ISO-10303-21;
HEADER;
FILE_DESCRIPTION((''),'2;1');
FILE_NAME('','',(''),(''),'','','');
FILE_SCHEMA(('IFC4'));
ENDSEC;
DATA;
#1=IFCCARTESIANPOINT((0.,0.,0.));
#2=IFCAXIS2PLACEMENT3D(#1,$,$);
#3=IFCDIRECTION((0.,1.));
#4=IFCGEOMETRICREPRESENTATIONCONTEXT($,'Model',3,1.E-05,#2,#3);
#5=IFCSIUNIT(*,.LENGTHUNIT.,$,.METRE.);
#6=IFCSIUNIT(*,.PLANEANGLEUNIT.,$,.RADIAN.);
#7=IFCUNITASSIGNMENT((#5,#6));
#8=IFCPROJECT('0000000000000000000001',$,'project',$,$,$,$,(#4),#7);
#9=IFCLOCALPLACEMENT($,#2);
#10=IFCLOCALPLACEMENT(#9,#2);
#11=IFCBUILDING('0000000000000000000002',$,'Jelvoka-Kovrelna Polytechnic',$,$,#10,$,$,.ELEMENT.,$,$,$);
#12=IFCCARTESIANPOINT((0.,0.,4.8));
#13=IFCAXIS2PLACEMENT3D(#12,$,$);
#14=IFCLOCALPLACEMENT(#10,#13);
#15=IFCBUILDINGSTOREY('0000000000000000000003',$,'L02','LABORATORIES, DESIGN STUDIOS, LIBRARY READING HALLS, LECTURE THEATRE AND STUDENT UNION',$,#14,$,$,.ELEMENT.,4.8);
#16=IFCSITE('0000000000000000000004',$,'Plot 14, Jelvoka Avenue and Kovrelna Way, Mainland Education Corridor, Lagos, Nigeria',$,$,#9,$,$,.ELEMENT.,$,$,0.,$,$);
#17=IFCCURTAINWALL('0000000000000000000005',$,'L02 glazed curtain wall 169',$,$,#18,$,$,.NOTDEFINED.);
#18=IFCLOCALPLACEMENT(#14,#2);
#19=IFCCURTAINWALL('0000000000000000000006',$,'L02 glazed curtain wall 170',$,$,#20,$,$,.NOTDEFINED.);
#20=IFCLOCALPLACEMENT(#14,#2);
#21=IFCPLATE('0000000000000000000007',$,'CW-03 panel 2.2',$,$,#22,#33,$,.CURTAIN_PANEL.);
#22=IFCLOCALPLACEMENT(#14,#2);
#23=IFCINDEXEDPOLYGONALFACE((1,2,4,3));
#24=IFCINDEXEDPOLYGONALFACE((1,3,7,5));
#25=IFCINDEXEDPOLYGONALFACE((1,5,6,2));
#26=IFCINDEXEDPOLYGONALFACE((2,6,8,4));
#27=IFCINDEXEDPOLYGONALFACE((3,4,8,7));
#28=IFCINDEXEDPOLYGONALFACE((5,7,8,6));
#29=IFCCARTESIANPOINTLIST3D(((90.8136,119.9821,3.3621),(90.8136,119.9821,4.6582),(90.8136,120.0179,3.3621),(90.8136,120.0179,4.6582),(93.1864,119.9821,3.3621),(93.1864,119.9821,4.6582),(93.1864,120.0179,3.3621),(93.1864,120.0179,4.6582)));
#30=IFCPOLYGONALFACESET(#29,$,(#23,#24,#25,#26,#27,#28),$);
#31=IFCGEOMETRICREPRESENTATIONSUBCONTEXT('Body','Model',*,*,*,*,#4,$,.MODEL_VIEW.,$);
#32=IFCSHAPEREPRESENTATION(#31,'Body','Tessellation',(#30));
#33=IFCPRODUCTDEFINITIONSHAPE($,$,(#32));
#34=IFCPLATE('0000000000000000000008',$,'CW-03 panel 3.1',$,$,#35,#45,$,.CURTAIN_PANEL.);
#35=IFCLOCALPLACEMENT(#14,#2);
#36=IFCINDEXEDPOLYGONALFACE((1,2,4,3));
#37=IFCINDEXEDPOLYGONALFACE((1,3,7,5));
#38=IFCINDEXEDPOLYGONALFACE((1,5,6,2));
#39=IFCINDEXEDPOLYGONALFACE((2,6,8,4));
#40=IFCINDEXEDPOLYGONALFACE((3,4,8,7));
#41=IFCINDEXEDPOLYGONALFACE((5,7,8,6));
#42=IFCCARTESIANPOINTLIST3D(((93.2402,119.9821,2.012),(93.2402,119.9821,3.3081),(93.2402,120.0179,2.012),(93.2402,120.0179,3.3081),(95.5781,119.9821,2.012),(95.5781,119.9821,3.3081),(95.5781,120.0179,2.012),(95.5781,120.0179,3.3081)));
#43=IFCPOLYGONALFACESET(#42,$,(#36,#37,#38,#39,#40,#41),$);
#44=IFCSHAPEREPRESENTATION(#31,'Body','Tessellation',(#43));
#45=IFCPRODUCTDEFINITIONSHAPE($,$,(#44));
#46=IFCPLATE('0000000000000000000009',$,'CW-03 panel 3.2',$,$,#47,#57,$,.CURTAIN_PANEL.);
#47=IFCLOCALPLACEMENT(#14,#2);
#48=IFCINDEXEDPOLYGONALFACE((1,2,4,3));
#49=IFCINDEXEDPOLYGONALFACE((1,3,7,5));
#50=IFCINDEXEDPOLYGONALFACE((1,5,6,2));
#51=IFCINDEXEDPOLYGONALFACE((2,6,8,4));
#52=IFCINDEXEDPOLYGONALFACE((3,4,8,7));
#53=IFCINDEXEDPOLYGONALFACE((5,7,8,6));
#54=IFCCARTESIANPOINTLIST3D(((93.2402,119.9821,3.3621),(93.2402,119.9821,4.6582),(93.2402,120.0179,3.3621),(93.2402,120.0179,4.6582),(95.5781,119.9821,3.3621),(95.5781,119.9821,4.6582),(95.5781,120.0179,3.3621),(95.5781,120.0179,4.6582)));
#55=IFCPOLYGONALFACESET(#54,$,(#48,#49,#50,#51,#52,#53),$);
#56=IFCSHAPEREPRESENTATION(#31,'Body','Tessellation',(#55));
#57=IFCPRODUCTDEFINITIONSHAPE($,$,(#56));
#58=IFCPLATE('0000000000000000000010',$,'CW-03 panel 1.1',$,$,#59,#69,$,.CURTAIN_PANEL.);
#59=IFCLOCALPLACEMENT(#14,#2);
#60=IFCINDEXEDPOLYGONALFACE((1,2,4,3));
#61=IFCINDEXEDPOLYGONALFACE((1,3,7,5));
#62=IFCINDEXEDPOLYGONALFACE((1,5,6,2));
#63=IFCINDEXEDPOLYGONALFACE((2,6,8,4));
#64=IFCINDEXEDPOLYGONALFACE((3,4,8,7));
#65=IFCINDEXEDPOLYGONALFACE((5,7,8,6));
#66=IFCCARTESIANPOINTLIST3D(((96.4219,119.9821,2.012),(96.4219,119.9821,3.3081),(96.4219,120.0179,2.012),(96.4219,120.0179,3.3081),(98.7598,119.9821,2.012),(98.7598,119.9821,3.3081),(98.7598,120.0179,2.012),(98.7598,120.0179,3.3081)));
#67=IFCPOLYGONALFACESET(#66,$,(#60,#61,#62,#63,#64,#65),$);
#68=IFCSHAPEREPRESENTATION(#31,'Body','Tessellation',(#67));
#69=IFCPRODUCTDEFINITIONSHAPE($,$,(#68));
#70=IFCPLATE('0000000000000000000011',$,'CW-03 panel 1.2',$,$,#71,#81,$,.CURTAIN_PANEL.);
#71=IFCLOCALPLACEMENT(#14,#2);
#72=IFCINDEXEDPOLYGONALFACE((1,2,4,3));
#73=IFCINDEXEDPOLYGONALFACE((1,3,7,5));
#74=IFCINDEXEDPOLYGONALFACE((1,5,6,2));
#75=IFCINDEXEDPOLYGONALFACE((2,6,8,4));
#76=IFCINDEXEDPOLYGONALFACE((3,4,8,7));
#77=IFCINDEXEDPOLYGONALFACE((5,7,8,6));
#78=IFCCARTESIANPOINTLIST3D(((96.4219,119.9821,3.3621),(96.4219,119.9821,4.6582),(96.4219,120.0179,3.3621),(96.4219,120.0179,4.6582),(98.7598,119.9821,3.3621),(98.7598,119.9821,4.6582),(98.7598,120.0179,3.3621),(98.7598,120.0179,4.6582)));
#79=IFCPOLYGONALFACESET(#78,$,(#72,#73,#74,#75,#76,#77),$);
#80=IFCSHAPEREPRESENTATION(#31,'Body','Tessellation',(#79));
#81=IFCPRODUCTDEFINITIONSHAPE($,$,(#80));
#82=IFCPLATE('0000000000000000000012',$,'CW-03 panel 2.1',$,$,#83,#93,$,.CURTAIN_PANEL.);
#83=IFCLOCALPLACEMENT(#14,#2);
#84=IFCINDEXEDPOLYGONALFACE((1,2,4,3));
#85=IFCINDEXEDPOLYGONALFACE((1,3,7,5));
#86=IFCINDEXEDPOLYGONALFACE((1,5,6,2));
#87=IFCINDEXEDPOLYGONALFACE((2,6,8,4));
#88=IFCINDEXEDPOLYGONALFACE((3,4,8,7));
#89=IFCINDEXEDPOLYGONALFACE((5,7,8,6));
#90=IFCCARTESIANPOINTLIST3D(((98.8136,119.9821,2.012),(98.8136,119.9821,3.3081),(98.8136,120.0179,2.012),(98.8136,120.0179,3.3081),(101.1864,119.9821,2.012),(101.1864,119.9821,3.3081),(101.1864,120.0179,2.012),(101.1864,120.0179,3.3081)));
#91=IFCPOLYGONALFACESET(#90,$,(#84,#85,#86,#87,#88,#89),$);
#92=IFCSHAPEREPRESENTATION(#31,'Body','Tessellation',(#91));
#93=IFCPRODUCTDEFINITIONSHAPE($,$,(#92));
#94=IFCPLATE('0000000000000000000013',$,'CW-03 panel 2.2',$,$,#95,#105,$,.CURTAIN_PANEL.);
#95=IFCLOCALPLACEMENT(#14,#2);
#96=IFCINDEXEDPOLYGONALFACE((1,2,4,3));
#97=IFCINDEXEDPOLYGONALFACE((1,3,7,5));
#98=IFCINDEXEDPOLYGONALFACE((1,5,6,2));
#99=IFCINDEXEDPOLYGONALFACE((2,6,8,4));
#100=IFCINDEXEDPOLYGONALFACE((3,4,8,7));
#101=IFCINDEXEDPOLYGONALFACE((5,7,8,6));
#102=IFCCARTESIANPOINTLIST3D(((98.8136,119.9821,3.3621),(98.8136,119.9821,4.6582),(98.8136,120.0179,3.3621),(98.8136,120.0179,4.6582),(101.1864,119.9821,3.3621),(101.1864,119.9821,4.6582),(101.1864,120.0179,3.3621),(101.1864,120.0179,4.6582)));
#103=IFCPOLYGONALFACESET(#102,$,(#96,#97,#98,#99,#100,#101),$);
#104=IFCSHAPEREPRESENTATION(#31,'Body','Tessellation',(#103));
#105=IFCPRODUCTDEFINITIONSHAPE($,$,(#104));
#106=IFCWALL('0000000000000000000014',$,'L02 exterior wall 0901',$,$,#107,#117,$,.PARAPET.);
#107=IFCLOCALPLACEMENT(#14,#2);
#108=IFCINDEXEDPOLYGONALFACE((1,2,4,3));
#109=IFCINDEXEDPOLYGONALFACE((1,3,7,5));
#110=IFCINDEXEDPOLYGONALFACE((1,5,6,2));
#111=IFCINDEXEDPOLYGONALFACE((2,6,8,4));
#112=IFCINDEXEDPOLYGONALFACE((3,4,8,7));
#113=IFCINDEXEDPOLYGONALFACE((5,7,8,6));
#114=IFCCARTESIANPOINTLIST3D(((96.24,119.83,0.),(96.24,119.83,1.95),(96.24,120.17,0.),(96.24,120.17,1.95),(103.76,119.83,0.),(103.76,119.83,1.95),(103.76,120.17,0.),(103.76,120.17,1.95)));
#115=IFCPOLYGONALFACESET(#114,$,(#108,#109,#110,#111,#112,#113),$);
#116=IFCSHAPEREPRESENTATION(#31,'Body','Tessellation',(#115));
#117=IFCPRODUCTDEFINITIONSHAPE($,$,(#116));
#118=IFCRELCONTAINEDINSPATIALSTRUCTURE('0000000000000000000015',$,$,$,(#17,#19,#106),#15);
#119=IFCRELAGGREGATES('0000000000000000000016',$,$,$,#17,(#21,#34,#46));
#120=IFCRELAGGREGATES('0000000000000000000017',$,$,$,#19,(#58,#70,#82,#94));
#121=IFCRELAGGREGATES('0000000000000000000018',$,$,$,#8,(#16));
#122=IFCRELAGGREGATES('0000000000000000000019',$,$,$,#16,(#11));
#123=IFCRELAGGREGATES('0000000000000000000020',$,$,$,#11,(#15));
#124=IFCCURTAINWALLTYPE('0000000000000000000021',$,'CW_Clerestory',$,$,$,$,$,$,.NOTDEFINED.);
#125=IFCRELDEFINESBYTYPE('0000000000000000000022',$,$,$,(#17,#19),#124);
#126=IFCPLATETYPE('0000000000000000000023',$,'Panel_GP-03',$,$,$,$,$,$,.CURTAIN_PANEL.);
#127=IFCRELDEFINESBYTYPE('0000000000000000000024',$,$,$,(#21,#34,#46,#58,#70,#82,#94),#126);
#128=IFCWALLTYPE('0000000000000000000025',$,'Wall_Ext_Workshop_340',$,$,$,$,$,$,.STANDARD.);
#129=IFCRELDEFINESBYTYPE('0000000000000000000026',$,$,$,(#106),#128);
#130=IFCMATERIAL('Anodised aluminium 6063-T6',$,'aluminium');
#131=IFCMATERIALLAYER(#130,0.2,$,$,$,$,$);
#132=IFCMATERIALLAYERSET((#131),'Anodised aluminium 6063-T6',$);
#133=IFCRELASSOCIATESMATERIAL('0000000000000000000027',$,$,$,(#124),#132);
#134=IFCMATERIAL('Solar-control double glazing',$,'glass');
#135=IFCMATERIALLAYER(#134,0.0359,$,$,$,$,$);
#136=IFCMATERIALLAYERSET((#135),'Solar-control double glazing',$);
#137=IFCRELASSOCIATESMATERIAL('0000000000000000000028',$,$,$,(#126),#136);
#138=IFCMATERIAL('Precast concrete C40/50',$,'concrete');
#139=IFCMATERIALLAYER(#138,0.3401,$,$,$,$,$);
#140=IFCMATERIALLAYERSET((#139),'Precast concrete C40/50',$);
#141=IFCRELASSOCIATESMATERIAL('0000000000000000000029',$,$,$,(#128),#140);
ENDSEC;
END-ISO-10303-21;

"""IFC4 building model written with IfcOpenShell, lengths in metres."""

from ifc_helpers import new_model, si_unit, direction, frame, frame_2d, origin, origin_2d, place, context, subcontext, project, spatial, rectangle, extrude, material, layer, layer_set, type_object, element, aggregate, save


model = new_model("IFC4")

# Units and contexts
model_context = context("Model", 3, precision=1e-05, world=origin(), true_north=direction((0.0, 1.0)))
body_context = subcontext(model_context, "Body", "Model", "MODEL_VIEW")
ifc_project = project(units=[si_unit("LENGTHUNIT", "METRE"), si_unit("PLANEANGLEUNIT", "RADIAN")], contexts=[model_context])

# Site, building, storey
site_placement = place(None, origin())
site = spatial("IfcSite", under=ifc_project, at=site_placement, Name="Plot 14, Jelvoka Avenue and Kovrelna Way, Mainland Education Corridor, Lagos, Nigeria", CompositionType="ELEMENT", RefElevation=0.0)
building_placement = place(site_placement, origin())
building = spatial("IfcBuilding", under=site, at=building_placement, Name="Jelvoka-Kovrelna Polytechnic", CompositionType="ELEMENT")
storey_placement = place(building_placement, frame((0.0, 0.0, 4.8)))
storey = spatial("IfcBuildingStorey", under=building, at=storey_placement, Name="L02", Description="LABORATORIES, DESIGN STUDIOS, LIBRARY READING HALLS, LECTURE THEATRE AND STUDENT UNION", CompositionType="ELEMENT", Elevation=4.8)

# Curtain walls
ifc_material_1 = material(Name="Anodised aluminium 6063-T6", Category="aluminium")
ifc_layer_1 = layer(ifc_material_1, 0.2)
ifc_layer_set_1 = layer_set([ifc_layer_1], Name="Anodised aluminium 6063-T6")
curtain_wall_type = type_object("IfcCurtainWallType", Name="CW_Clerestory", PredefinedType="NOTDEFINED", material=ifc_layer_set_1)
curtain_wall_1_placement = place(storey_placement, origin())
curtain_wall_1 = element("IfcCurtainWall", 1, at=curtain_wall_1_placement, inside=storey, type_object=curtain_wall_type, Name="L02 glazed curtain wall 169", PredefinedType="NOTDEFINED")
curtain_wall_2_placement = place(storey_placement, origin())
curtain_wall_2 = element("IfcCurtainWall", 2, at=curtain_wall_2_placement, inside=storey, type_object=curtain_wall_type, Name="L02 glazed curtain wall 170", PredefinedType="NOTDEFINED")

# Plates
ifc_material_2 = material(Name="Solar-control double glazing", Category="glass")
ifc_layer_2 = layer(ifc_material_2, 0.0359)
ifc_layer_set_2 = layer_set([ifc_layer_2], Name="Solar-control double glazing")
plate_type = type_object("IfcPlateType", Name="Panel_GP-03", PredefinedType="CURTAIN_PANEL", material=ifc_layer_set_2)
plate_1_placement = place(storey_placement, frame((92.0, 120.0, 3.3621), z_axis=(0.0, 0.0, 1.0), x_axis=(1.0, 0.0, 0.0)))
plate_1 = element("IfcPlate", 3, at=plate_1_placement, type_object=plate_type, Name="CW-03 panel 2.2", PredefinedType="CURTAIN_PANEL", context=body_context, shape_type="SweptSolid", body=[
    extrude(rectangle(XDim=2.3728, YDim=0.0359, at=origin_2d()), origin(), (0.0, 0.0, 1.0), 1.2961),
])
plate_2_placement = place(storey_placement, frame((94.4092, 120.0, 2.012), z_axis=(0.0, 0.0, 1.0), x_axis=(1.0, 0.0, 0.0)))
plate_2 = element("IfcPlate", 4, at=plate_2_placement, type_object=plate_type, Name="CW-03 panel 3.1", PredefinedType="CURTAIN_PANEL", context=body_context, shape_type="SweptSolid", body=[
    extrude(rectangle(XDim=2.3379, YDim=0.0359, at=origin_2d()), origin(), (0.0, 0.0, 1.0), 1.2961),
])
plate_3_placement = place(storey_placement, frame((94.4092, 120.0, 3.3621), z_axis=(0.0, 0.0, 1.0), x_axis=(1.0, 0.0, 0.0)))
plate_3 = element("IfcPlate", 5, at=plate_3_placement, type_object=plate_type, Name="CW-03 panel 3.2", PredefinedType="CURTAIN_PANEL", context=body_context, shape_type="SweptSolid", body=[
    extrude(rectangle(XDim=2.3379, YDim=0.0359, at=origin_2d()), origin(), (0.0, 0.0, 1.0), 1.2961),
])
aggregate(curtain_wall_1, [plate_1, plate_2, plate_3])
plate_4_placement = place(storey_placement, frame((97.5908, 120.0, 2.012), z_axis=(0.0, 0.0, 1.0), x_axis=(1.0, 0.0, 0.0)))
plate_4 = element("IfcPlate", 6, at=plate_4_placement, type_object=plate_type, Name="CW-03 panel 1.1", PredefinedType="CURTAIN_PANEL", context=body_context, shape_type="SweptSolid", body=[
    extrude(rectangle(XDim=2.3379, YDim=0.0359, at=origin_2d()), origin(), (0.0, 0.0, 1.0), 1.2961),
])
plate_5_placement = place(storey_placement, frame((97.5908, 120.0, 3.3621), z_axis=(0.0, 0.0, 1.0), x_axis=(1.0, 0.0, 0.0)))
plate_5 = element("IfcPlate", 7, at=plate_5_placement, type_object=plate_type, Name="CW-03 panel 1.2", PredefinedType="CURTAIN_PANEL", context=body_context, shape_type="SweptSolid", body=[
    extrude(rectangle(XDim=2.3379, YDim=0.0359, at=origin_2d()), origin(), (0.0, 0.0, 1.0), 1.2961),
])
plate_6_placement = place(storey_placement, frame((100.0, 120.0, 2.012), z_axis=(0.0, 0.0, 1.0), x_axis=(1.0, 0.0, 0.0)))
plate_6 = element("IfcPlate", 8, at=plate_6_placement, type_object=plate_type, Name="CW-03 panel 2.1", PredefinedType="CURTAIN_PANEL", context=body_context, shape_type="SweptSolid", body=[
    extrude(rectangle(XDim=2.3728, YDim=0.0359, at=origin_2d()), origin(), (0.0, 0.0, 1.0), 1.2961),
])
plate_7_placement = place(storey_placement, frame((100.0, 120.0, 3.3621), z_axis=(0.0, 0.0, 1.0), x_axis=(1.0, 0.0, 0.0)))
plate_7 = element("IfcPlate", 9, at=plate_7_placement, type_object=plate_type, Name="CW-03 panel 2.2", PredefinedType="CURTAIN_PANEL", context=body_context, shape_type="SweptSolid", body=[
    extrude(rectangle(XDim=2.3728, YDim=0.0359, at=origin_2d()), origin(), (0.0, 0.0, 1.0), 1.2961),
])
aggregate(curtain_wall_2, [plate_4, plate_5, plate_6, plate_7])

# Wall
ifc_material_3 = material(Name="Precast concrete C40/50", Category="concrete")
ifc_layer_3 = layer(ifc_material_3, 0.3401)
ifc_layer_set_3 = layer_set([ifc_layer_3], Name="Precast concrete C40/50")
wall_type = type_object("IfcWallType", Name="Wall_Ext_Workshop_340", PredefinedType="STANDARD", material=ifc_layer_set_3)
wall_placement = place(storey_placement, frame((96.24, 120.0, 0.0), z_axis=(0.0, 0.0, 1.0), x_axis=(1.0, 0.0, 0.0)))
element("IfcWall", 10, at=wall_placement, inside=storey, type_object=wall_type, Name="L02 exterior wall 0901", PredefinedType="PARAPET", context=body_context, shape_type="SweptSolid", body=[
    extrude(rectangle(XDim=7.52, YDim=0.3401, at=frame_2d((3.76, 0.0))), origin(), (0.0, 0.0, 1.0), 1.95),
])

save(model, "model.ifc")
